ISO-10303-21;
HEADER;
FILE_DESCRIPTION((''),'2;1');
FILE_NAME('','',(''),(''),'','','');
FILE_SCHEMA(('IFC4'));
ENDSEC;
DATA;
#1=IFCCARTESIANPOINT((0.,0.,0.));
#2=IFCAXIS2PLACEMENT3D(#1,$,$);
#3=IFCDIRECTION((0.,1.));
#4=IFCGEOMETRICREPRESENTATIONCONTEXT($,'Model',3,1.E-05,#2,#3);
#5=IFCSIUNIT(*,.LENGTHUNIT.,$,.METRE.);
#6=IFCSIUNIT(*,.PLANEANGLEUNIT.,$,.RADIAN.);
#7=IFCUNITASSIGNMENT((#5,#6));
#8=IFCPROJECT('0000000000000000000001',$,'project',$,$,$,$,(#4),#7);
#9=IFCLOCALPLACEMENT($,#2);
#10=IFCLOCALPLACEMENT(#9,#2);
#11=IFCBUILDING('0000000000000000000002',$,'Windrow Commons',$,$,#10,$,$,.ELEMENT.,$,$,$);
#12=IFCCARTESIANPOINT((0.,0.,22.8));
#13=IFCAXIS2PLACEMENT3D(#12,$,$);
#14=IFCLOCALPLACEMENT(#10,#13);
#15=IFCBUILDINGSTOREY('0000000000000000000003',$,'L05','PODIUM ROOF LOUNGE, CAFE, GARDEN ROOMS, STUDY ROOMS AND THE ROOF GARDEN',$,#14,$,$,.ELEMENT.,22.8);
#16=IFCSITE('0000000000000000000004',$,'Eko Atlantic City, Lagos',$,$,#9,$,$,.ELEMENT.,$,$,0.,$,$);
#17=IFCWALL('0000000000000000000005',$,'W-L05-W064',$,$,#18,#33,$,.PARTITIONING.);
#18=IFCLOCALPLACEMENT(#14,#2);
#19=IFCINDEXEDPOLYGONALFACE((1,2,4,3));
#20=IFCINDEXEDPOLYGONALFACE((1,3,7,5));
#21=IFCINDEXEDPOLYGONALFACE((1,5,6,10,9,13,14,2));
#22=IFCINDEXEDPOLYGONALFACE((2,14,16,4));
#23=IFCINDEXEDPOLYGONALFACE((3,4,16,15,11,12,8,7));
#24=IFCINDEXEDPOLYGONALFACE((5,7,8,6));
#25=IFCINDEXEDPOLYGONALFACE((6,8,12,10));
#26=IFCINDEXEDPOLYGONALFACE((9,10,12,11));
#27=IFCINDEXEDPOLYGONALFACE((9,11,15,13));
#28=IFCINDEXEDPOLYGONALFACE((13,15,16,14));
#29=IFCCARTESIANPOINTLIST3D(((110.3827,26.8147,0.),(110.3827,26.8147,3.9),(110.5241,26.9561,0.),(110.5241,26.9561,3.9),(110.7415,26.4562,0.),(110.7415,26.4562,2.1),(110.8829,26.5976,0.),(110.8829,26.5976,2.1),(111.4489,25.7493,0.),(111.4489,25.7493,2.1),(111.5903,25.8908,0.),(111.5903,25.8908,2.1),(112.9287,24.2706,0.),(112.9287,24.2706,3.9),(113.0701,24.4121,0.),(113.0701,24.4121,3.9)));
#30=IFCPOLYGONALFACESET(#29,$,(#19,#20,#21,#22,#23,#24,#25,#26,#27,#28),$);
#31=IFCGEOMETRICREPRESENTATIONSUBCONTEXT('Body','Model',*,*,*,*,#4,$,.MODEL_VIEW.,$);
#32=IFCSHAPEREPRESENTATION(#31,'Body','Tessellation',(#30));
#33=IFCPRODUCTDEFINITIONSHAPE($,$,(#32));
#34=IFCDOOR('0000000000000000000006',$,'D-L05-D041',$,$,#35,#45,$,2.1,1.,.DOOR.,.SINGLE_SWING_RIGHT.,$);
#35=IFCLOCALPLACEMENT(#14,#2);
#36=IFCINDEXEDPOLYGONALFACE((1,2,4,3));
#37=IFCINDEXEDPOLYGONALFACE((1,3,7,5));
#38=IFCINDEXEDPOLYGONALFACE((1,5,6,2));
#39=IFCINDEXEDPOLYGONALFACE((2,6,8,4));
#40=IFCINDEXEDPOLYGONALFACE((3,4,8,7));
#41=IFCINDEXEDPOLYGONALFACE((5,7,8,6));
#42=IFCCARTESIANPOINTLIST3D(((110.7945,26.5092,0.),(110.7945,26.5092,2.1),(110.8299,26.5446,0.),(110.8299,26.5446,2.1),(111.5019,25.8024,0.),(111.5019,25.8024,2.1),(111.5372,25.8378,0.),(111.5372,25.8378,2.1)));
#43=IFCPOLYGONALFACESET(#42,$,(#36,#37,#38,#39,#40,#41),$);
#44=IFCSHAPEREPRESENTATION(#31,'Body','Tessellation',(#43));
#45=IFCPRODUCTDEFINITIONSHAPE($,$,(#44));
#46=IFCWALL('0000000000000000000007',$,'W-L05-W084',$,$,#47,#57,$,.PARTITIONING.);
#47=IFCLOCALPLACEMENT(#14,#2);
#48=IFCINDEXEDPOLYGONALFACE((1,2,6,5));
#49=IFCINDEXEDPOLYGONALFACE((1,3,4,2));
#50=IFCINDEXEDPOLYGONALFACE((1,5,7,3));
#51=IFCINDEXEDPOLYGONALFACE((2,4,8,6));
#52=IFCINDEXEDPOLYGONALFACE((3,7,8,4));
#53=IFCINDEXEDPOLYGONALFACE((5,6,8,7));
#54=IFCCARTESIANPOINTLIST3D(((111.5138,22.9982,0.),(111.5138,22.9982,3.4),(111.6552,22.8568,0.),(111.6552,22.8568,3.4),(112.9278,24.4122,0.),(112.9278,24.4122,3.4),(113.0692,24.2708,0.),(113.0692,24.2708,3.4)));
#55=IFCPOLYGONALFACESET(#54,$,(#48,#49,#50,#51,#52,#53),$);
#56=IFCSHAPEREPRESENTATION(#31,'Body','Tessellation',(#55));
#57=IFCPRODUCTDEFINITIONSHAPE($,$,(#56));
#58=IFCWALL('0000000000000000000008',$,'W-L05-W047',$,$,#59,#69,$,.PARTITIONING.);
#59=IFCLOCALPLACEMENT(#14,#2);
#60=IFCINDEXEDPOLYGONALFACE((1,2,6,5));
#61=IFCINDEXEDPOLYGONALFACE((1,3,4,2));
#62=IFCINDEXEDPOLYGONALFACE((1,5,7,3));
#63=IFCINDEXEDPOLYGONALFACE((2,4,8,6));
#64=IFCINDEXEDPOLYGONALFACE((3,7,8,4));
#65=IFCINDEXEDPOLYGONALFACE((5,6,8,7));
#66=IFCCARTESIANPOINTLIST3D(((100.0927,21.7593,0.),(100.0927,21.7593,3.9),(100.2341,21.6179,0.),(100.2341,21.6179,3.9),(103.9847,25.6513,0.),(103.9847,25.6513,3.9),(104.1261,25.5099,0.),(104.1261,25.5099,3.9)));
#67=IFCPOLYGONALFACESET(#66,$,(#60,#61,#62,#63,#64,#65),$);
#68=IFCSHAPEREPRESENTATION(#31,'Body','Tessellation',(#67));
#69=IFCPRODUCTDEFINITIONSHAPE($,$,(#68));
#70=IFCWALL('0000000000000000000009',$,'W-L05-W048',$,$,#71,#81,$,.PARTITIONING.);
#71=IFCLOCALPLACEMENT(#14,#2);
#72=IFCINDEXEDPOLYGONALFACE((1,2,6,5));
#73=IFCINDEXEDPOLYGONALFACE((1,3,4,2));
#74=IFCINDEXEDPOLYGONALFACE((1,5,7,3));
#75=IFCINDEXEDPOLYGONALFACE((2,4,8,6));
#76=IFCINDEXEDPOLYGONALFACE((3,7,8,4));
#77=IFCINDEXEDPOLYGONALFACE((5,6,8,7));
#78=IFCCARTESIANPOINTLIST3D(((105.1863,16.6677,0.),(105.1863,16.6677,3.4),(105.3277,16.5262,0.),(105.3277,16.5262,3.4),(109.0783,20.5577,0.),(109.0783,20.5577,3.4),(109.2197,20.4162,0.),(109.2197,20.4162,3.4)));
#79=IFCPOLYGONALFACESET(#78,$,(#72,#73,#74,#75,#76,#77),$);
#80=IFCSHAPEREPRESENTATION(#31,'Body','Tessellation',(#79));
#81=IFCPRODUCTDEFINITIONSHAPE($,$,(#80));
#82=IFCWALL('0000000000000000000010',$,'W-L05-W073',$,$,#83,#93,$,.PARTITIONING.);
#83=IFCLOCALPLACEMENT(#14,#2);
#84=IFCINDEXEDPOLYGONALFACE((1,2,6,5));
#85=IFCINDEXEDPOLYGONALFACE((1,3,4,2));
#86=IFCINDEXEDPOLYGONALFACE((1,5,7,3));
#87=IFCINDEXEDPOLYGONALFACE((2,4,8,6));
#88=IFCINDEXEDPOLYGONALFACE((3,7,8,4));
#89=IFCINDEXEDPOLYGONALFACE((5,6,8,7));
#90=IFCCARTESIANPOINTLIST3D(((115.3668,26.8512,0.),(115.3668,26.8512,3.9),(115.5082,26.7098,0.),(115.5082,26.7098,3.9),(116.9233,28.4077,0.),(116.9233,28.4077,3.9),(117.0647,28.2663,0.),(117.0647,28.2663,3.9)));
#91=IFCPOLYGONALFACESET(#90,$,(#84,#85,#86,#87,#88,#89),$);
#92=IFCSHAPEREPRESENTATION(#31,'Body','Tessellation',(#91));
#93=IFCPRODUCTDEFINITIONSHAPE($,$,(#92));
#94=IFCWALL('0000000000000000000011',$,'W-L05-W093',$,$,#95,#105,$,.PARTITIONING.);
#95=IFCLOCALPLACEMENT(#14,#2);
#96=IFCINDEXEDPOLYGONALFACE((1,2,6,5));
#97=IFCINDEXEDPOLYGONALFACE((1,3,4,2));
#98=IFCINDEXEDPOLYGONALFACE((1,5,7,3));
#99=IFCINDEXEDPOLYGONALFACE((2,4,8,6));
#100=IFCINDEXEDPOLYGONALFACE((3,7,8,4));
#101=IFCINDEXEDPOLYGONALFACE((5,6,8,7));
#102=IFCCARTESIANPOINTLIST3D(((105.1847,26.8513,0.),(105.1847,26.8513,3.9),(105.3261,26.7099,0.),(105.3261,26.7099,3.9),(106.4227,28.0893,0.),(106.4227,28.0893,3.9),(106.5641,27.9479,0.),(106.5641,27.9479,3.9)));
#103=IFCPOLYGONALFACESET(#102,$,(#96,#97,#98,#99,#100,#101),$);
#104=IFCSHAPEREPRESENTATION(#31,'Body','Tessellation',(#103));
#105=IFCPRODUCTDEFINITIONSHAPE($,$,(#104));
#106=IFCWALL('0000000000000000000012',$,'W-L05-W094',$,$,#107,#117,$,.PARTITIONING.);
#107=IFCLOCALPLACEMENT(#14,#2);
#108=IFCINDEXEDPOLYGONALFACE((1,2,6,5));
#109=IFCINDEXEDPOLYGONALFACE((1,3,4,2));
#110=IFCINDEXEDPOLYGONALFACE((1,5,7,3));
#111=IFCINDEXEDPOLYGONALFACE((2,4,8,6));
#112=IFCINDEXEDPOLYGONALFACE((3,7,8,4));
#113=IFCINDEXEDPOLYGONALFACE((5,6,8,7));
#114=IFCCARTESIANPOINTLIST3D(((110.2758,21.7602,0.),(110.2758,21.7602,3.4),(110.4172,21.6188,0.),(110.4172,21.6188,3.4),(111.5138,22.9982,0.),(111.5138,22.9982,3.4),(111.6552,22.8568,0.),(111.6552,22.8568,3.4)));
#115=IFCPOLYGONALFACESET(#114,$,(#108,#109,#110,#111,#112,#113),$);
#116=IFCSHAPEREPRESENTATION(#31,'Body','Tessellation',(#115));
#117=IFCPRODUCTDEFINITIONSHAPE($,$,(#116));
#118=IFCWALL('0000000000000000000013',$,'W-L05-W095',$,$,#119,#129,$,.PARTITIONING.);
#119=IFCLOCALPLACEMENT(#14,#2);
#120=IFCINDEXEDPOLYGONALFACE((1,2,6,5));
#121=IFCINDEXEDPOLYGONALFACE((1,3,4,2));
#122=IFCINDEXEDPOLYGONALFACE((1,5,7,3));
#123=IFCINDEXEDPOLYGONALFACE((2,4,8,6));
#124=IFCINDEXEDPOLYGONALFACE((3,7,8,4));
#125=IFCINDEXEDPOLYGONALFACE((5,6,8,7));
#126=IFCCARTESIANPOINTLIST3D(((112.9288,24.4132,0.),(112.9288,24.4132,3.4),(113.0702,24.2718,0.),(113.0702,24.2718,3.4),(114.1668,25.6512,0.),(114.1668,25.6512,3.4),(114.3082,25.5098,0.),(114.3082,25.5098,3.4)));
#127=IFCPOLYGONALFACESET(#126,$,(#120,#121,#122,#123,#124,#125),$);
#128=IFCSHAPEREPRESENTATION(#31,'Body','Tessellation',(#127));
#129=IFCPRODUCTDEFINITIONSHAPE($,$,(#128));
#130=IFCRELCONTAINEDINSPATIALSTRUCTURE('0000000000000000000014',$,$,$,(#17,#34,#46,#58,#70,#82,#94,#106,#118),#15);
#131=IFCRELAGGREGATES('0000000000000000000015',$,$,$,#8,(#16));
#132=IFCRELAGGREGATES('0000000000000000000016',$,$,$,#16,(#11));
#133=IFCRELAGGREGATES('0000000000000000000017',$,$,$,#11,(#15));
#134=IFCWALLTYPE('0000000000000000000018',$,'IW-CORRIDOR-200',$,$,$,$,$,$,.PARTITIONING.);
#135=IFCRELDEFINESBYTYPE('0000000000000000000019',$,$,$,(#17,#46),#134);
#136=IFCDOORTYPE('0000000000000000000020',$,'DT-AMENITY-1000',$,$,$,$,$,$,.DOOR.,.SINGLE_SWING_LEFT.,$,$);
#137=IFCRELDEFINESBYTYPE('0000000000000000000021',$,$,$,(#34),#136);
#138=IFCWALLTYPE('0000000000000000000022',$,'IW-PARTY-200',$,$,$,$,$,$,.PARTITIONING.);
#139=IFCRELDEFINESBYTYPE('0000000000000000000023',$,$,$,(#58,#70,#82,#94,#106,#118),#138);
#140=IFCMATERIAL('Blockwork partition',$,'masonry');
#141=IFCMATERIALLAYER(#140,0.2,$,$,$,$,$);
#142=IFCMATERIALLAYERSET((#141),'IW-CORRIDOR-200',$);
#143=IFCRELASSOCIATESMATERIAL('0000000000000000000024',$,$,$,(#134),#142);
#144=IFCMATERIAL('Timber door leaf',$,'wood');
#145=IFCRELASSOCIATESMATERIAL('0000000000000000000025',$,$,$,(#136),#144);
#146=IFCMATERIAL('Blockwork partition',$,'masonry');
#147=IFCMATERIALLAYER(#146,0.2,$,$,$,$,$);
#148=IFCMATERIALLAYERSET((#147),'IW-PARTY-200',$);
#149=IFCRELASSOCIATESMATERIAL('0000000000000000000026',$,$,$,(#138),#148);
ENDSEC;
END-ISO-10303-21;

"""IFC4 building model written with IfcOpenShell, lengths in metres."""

from ifc_helpers import new_model, si_unit, direction, frame, frame_2d, origin, place, context, subcontext, project, spatial, rectangle, extrude, material, layer, layer_set, type_object, element, fill, save


model = new_model("IFC4")

# Units and contexts
model_context = context("Model", 3, precision=1e-05, world=origin(), true_north=direction((0.0, 1.0)))
body_context = subcontext(model_context, "Body", "Model", "MODEL_VIEW")
ifc_project = project(units=[si_unit("LENGTHUNIT", "METRE"), si_unit("PLANEANGLEUNIT", "RADIAN")], contexts=[model_context])

# Site, building, storey
site_placement = place(None, origin())
site = spatial("IfcSite", under=ifc_project, at=site_placement, Name="Eko Atlantic City, Lagos", CompositionType="ELEMENT", RefElevation=0.0)
building_placement = place(site_placement, origin())
building = spatial("IfcBuilding", under=site, at=building_placement, Name="Windrow Commons", CompositionType="ELEMENT")
storey_placement = place(building_placement, frame((0.0, 0.0, 22.8)))
storey = spatial("IfcBuildingStorey", under=building, at=storey_placement, Name="L05", Description="PODIUM ROOF LOUNGE, CAFE, GARDEN ROOMS, STUDY ROOMS AND THE ROOF GARDEN", CompositionType="ELEMENT", Elevation=22.8)

# Shared definitions
ifc_material_1 = material(Name="Blockwork partition", Category="masonry")
ifc_layer_1 = layer(ifc_material_1, 0.2)
ifc_layer_set_1 = layer_set([ifc_layer_1], Name="IW-CORRIDOR-200")
wall_type_1 = type_object("IfcWallType", Name="IW-CORRIDOR-200", PredefinedType="PARTITIONING", material=ifc_layer_set_1)
ifc_material_2 = material(Name="Timber door leaf", Category="wood")
door_type = type_object("IfcDoorType", Name="DT-AMENITY-1000", OperationType="SINGLE_SWING_LEFT", PredefinedType="DOOR", material=ifc_material_2)

# Wall, opening, door
wall_1_placement = place(storey_placement, frame((110.4534, 26.8854, 0.0), z_axis=(0.0, 0.0, 1.0), x_axis=(0.707385, -0.706829, 0.0)))
wall_1 = element("IfcWall", 1, at=wall_1_placement, inside=storey, type_object=wall_type_1, Name="W-L05-W064", PredefinedType="PARTITIONING", context=body_context, shape_type="SweptSolid", body=[
    extrude(rectangle(XDim=3.5992, YDim=0.2, at=frame_2d((1.7996, 0.0))), origin(), (0.0, 0.0, 1.0), 3.9),
])
opening_1_placement = place(wall_1_placement, frame((0.5072, 0.0, 0.0)))
opening_1 = element("IfcOpeningElement", 2, at=opening_1_placement, cuts=wall_1, PredefinedType="OPENING", context=body_context, shape_type="SweptSolid", body=[
    extrude(rectangle(XDim=1.0, YDim=2.1, at=frame_2d((0.5, 1.05))), frame((0.0, 0.11, 0.0), z_axis=(0.0, -1.0, 0.0), x_axis=(1.0, 0.0, 0.0)), (0.0, 0.0, 1.0), 0.22),
])
door_1_placement = place(opening_1_placement, origin())
door_1 = element("IfcDoor", 3, at=door_1_placement, inside=storey, type_object=door_type, Name="D-L05-D041", OperationType="SINGLE_SWING_RIGHT", OverallHeight=2.1, OverallWidth=1.0, PredefinedType="DOOR", context=body_context, shape_type="SweptSolid", body=[
    extrude(rectangle(XDim=1.0, YDim=2.1, at=frame_2d((0.5, 1.05))), frame((0.0, 0.025, 0.0), z_axis=(0.0, -1.0, 0.0), x_axis=(1.0, 0.0, 0.0)), (0.0, 0.0, 1.0), 0.05),
])
fill(opening_1, door_1)

# Walls
wall_2_placement = place(storey_placement, frame((111.5845, 22.9275, 0.0), z_axis=(0.0, 0.0, 1.0), x_axis=(0.707107, 0.707107, 0.0)))
element("IfcWall", 4, at=wall_2_placement, inside=storey, type_object=wall_type_1, Name="W-L05-W084", PredefinedType="PARTITIONING", context=body_context, shape_type="SweptSolid", body=[
    extrude(rectangle(XDim=1.9997, YDim=0.2, at=frame_2d((0.9999, 0.0))), origin(), (0.0, 0.0, 1.0), 3.4),
])
ifc_material_3 = material(Name="Blockwork partition", Category="masonry")
ifc_layer_2 = layer(ifc_material_3, 0.2)
ifc_layer_set_2 = layer_set([ifc_layer_2], Name="IW-PARTY-200")
wall_type_2 = type_object("IfcWallType", Name="IW-PARTY-200", PredefinedType="PARTITIONING", material=ifc_layer_set_2)
wall_3_placement = place(storey_placement, frame((100.1634, 21.6886, 0.0), z_axis=(0.0, 0.0, 1.0), x_axis=(0.707107, 0.707107, 0.0)))
element("IfcWall", 5, at=wall_3_placement, inside=storey, type_object=wall_type_2, Name="W-L05-W047", PredefinedType="PARTITIONING", context=body_context, shape_type="SweptSolid", body=[
    extrude(rectangle(XDim=5.5041, YDim=0.2, at=frame_2d((2.7521, 0.0))), origin(), (0.0, 0.0, 1.0), 3.9),
])
wall_4_placement = place(storey_placement, frame((105.257, 16.597, 0.0), z_axis=(0.0, 0.0, 1.0), x_axis=(0.707288, 0.706925, 0.0)))
element("IfcWall", 6, at=wall_4_placement, inside=storey, type_object=wall_type_2, Name="W-L05-W048", PredefinedType="PARTITIONING", context=body_context, shape_type="SweptSolid", body=[
    extrude(rectangle(XDim=5.5027, YDim=0.2, at=frame_2d((2.7513, 0.0))), origin(), (0.0, 0.0, 1.0), 3.4),
])
wall_5_placement = place(storey_placement, frame((115.4375, 26.7805, 0.0), z_axis=(0.0, 0.0, 1.0), x_axis=(0.707107, 0.707107, 0.0)))
element("IfcWall", 7, at=wall_5_placement, inside=storey, type_object=wall_type_2, Name="W-L05-W073", PredefinedType="PARTITIONING", context=body_context, shape_type="SweptSolid", body=[
    extrude(rectangle(XDim=2.2012, YDim=0.2, at=frame_2d((1.1006, 0.0))), origin(), (0.0, 0.0, 1.0), 3.9),
])
wall_6_placement = place(storey_placement, frame((105.2554, 26.7806, 0.0), z_axis=(0.0, 0.0, 1.0), x_axis=(0.707107, 0.707107, 0.0)))
element("IfcWall", 8, at=wall_6_placement, inside=storey, type_object=wall_type_2, Name="W-L05-W093", PredefinedType="PARTITIONING", context=body_context, shape_type="SweptSolid", body=[
    extrude(rectangle(XDim=1.7508, YDim=0.2, at=frame_2d((0.8754, 0.0))), origin(), (0.0, 0.0, 1.0), 3.9),
])
for number, where, z_axis, x_axis, name in (
    (9, (110.3465, 21.6895, 0.0), (0.0, 0.0, 1.0), (0.707107, 0.707107, 0.0), "W-L05-W094"),
    (10, (112.9995, 24.3425, 0.0), (0.0, 0.0, 1.0), (0.707107, 0.707107, 0.0), "W-L05-W095"),
):
    element("IfcWall", number, at=place(storey_placement, frame(where, z_axis=z_axis, x_axis=x_axis)), inside=storey, type_object=wall_type_2, Name=name, PredefinedType="PARTITIONING", context=body_context, shape_type="SweptSolid", body=[
        extrude(rectangle(XDim=1.7508, YDim=0.2, at=frame_2d((0.8754, 0.0))), origin(), (0.0, 0.0, 1.0), 3.4),
    ])

save(model, "model.ifc")
